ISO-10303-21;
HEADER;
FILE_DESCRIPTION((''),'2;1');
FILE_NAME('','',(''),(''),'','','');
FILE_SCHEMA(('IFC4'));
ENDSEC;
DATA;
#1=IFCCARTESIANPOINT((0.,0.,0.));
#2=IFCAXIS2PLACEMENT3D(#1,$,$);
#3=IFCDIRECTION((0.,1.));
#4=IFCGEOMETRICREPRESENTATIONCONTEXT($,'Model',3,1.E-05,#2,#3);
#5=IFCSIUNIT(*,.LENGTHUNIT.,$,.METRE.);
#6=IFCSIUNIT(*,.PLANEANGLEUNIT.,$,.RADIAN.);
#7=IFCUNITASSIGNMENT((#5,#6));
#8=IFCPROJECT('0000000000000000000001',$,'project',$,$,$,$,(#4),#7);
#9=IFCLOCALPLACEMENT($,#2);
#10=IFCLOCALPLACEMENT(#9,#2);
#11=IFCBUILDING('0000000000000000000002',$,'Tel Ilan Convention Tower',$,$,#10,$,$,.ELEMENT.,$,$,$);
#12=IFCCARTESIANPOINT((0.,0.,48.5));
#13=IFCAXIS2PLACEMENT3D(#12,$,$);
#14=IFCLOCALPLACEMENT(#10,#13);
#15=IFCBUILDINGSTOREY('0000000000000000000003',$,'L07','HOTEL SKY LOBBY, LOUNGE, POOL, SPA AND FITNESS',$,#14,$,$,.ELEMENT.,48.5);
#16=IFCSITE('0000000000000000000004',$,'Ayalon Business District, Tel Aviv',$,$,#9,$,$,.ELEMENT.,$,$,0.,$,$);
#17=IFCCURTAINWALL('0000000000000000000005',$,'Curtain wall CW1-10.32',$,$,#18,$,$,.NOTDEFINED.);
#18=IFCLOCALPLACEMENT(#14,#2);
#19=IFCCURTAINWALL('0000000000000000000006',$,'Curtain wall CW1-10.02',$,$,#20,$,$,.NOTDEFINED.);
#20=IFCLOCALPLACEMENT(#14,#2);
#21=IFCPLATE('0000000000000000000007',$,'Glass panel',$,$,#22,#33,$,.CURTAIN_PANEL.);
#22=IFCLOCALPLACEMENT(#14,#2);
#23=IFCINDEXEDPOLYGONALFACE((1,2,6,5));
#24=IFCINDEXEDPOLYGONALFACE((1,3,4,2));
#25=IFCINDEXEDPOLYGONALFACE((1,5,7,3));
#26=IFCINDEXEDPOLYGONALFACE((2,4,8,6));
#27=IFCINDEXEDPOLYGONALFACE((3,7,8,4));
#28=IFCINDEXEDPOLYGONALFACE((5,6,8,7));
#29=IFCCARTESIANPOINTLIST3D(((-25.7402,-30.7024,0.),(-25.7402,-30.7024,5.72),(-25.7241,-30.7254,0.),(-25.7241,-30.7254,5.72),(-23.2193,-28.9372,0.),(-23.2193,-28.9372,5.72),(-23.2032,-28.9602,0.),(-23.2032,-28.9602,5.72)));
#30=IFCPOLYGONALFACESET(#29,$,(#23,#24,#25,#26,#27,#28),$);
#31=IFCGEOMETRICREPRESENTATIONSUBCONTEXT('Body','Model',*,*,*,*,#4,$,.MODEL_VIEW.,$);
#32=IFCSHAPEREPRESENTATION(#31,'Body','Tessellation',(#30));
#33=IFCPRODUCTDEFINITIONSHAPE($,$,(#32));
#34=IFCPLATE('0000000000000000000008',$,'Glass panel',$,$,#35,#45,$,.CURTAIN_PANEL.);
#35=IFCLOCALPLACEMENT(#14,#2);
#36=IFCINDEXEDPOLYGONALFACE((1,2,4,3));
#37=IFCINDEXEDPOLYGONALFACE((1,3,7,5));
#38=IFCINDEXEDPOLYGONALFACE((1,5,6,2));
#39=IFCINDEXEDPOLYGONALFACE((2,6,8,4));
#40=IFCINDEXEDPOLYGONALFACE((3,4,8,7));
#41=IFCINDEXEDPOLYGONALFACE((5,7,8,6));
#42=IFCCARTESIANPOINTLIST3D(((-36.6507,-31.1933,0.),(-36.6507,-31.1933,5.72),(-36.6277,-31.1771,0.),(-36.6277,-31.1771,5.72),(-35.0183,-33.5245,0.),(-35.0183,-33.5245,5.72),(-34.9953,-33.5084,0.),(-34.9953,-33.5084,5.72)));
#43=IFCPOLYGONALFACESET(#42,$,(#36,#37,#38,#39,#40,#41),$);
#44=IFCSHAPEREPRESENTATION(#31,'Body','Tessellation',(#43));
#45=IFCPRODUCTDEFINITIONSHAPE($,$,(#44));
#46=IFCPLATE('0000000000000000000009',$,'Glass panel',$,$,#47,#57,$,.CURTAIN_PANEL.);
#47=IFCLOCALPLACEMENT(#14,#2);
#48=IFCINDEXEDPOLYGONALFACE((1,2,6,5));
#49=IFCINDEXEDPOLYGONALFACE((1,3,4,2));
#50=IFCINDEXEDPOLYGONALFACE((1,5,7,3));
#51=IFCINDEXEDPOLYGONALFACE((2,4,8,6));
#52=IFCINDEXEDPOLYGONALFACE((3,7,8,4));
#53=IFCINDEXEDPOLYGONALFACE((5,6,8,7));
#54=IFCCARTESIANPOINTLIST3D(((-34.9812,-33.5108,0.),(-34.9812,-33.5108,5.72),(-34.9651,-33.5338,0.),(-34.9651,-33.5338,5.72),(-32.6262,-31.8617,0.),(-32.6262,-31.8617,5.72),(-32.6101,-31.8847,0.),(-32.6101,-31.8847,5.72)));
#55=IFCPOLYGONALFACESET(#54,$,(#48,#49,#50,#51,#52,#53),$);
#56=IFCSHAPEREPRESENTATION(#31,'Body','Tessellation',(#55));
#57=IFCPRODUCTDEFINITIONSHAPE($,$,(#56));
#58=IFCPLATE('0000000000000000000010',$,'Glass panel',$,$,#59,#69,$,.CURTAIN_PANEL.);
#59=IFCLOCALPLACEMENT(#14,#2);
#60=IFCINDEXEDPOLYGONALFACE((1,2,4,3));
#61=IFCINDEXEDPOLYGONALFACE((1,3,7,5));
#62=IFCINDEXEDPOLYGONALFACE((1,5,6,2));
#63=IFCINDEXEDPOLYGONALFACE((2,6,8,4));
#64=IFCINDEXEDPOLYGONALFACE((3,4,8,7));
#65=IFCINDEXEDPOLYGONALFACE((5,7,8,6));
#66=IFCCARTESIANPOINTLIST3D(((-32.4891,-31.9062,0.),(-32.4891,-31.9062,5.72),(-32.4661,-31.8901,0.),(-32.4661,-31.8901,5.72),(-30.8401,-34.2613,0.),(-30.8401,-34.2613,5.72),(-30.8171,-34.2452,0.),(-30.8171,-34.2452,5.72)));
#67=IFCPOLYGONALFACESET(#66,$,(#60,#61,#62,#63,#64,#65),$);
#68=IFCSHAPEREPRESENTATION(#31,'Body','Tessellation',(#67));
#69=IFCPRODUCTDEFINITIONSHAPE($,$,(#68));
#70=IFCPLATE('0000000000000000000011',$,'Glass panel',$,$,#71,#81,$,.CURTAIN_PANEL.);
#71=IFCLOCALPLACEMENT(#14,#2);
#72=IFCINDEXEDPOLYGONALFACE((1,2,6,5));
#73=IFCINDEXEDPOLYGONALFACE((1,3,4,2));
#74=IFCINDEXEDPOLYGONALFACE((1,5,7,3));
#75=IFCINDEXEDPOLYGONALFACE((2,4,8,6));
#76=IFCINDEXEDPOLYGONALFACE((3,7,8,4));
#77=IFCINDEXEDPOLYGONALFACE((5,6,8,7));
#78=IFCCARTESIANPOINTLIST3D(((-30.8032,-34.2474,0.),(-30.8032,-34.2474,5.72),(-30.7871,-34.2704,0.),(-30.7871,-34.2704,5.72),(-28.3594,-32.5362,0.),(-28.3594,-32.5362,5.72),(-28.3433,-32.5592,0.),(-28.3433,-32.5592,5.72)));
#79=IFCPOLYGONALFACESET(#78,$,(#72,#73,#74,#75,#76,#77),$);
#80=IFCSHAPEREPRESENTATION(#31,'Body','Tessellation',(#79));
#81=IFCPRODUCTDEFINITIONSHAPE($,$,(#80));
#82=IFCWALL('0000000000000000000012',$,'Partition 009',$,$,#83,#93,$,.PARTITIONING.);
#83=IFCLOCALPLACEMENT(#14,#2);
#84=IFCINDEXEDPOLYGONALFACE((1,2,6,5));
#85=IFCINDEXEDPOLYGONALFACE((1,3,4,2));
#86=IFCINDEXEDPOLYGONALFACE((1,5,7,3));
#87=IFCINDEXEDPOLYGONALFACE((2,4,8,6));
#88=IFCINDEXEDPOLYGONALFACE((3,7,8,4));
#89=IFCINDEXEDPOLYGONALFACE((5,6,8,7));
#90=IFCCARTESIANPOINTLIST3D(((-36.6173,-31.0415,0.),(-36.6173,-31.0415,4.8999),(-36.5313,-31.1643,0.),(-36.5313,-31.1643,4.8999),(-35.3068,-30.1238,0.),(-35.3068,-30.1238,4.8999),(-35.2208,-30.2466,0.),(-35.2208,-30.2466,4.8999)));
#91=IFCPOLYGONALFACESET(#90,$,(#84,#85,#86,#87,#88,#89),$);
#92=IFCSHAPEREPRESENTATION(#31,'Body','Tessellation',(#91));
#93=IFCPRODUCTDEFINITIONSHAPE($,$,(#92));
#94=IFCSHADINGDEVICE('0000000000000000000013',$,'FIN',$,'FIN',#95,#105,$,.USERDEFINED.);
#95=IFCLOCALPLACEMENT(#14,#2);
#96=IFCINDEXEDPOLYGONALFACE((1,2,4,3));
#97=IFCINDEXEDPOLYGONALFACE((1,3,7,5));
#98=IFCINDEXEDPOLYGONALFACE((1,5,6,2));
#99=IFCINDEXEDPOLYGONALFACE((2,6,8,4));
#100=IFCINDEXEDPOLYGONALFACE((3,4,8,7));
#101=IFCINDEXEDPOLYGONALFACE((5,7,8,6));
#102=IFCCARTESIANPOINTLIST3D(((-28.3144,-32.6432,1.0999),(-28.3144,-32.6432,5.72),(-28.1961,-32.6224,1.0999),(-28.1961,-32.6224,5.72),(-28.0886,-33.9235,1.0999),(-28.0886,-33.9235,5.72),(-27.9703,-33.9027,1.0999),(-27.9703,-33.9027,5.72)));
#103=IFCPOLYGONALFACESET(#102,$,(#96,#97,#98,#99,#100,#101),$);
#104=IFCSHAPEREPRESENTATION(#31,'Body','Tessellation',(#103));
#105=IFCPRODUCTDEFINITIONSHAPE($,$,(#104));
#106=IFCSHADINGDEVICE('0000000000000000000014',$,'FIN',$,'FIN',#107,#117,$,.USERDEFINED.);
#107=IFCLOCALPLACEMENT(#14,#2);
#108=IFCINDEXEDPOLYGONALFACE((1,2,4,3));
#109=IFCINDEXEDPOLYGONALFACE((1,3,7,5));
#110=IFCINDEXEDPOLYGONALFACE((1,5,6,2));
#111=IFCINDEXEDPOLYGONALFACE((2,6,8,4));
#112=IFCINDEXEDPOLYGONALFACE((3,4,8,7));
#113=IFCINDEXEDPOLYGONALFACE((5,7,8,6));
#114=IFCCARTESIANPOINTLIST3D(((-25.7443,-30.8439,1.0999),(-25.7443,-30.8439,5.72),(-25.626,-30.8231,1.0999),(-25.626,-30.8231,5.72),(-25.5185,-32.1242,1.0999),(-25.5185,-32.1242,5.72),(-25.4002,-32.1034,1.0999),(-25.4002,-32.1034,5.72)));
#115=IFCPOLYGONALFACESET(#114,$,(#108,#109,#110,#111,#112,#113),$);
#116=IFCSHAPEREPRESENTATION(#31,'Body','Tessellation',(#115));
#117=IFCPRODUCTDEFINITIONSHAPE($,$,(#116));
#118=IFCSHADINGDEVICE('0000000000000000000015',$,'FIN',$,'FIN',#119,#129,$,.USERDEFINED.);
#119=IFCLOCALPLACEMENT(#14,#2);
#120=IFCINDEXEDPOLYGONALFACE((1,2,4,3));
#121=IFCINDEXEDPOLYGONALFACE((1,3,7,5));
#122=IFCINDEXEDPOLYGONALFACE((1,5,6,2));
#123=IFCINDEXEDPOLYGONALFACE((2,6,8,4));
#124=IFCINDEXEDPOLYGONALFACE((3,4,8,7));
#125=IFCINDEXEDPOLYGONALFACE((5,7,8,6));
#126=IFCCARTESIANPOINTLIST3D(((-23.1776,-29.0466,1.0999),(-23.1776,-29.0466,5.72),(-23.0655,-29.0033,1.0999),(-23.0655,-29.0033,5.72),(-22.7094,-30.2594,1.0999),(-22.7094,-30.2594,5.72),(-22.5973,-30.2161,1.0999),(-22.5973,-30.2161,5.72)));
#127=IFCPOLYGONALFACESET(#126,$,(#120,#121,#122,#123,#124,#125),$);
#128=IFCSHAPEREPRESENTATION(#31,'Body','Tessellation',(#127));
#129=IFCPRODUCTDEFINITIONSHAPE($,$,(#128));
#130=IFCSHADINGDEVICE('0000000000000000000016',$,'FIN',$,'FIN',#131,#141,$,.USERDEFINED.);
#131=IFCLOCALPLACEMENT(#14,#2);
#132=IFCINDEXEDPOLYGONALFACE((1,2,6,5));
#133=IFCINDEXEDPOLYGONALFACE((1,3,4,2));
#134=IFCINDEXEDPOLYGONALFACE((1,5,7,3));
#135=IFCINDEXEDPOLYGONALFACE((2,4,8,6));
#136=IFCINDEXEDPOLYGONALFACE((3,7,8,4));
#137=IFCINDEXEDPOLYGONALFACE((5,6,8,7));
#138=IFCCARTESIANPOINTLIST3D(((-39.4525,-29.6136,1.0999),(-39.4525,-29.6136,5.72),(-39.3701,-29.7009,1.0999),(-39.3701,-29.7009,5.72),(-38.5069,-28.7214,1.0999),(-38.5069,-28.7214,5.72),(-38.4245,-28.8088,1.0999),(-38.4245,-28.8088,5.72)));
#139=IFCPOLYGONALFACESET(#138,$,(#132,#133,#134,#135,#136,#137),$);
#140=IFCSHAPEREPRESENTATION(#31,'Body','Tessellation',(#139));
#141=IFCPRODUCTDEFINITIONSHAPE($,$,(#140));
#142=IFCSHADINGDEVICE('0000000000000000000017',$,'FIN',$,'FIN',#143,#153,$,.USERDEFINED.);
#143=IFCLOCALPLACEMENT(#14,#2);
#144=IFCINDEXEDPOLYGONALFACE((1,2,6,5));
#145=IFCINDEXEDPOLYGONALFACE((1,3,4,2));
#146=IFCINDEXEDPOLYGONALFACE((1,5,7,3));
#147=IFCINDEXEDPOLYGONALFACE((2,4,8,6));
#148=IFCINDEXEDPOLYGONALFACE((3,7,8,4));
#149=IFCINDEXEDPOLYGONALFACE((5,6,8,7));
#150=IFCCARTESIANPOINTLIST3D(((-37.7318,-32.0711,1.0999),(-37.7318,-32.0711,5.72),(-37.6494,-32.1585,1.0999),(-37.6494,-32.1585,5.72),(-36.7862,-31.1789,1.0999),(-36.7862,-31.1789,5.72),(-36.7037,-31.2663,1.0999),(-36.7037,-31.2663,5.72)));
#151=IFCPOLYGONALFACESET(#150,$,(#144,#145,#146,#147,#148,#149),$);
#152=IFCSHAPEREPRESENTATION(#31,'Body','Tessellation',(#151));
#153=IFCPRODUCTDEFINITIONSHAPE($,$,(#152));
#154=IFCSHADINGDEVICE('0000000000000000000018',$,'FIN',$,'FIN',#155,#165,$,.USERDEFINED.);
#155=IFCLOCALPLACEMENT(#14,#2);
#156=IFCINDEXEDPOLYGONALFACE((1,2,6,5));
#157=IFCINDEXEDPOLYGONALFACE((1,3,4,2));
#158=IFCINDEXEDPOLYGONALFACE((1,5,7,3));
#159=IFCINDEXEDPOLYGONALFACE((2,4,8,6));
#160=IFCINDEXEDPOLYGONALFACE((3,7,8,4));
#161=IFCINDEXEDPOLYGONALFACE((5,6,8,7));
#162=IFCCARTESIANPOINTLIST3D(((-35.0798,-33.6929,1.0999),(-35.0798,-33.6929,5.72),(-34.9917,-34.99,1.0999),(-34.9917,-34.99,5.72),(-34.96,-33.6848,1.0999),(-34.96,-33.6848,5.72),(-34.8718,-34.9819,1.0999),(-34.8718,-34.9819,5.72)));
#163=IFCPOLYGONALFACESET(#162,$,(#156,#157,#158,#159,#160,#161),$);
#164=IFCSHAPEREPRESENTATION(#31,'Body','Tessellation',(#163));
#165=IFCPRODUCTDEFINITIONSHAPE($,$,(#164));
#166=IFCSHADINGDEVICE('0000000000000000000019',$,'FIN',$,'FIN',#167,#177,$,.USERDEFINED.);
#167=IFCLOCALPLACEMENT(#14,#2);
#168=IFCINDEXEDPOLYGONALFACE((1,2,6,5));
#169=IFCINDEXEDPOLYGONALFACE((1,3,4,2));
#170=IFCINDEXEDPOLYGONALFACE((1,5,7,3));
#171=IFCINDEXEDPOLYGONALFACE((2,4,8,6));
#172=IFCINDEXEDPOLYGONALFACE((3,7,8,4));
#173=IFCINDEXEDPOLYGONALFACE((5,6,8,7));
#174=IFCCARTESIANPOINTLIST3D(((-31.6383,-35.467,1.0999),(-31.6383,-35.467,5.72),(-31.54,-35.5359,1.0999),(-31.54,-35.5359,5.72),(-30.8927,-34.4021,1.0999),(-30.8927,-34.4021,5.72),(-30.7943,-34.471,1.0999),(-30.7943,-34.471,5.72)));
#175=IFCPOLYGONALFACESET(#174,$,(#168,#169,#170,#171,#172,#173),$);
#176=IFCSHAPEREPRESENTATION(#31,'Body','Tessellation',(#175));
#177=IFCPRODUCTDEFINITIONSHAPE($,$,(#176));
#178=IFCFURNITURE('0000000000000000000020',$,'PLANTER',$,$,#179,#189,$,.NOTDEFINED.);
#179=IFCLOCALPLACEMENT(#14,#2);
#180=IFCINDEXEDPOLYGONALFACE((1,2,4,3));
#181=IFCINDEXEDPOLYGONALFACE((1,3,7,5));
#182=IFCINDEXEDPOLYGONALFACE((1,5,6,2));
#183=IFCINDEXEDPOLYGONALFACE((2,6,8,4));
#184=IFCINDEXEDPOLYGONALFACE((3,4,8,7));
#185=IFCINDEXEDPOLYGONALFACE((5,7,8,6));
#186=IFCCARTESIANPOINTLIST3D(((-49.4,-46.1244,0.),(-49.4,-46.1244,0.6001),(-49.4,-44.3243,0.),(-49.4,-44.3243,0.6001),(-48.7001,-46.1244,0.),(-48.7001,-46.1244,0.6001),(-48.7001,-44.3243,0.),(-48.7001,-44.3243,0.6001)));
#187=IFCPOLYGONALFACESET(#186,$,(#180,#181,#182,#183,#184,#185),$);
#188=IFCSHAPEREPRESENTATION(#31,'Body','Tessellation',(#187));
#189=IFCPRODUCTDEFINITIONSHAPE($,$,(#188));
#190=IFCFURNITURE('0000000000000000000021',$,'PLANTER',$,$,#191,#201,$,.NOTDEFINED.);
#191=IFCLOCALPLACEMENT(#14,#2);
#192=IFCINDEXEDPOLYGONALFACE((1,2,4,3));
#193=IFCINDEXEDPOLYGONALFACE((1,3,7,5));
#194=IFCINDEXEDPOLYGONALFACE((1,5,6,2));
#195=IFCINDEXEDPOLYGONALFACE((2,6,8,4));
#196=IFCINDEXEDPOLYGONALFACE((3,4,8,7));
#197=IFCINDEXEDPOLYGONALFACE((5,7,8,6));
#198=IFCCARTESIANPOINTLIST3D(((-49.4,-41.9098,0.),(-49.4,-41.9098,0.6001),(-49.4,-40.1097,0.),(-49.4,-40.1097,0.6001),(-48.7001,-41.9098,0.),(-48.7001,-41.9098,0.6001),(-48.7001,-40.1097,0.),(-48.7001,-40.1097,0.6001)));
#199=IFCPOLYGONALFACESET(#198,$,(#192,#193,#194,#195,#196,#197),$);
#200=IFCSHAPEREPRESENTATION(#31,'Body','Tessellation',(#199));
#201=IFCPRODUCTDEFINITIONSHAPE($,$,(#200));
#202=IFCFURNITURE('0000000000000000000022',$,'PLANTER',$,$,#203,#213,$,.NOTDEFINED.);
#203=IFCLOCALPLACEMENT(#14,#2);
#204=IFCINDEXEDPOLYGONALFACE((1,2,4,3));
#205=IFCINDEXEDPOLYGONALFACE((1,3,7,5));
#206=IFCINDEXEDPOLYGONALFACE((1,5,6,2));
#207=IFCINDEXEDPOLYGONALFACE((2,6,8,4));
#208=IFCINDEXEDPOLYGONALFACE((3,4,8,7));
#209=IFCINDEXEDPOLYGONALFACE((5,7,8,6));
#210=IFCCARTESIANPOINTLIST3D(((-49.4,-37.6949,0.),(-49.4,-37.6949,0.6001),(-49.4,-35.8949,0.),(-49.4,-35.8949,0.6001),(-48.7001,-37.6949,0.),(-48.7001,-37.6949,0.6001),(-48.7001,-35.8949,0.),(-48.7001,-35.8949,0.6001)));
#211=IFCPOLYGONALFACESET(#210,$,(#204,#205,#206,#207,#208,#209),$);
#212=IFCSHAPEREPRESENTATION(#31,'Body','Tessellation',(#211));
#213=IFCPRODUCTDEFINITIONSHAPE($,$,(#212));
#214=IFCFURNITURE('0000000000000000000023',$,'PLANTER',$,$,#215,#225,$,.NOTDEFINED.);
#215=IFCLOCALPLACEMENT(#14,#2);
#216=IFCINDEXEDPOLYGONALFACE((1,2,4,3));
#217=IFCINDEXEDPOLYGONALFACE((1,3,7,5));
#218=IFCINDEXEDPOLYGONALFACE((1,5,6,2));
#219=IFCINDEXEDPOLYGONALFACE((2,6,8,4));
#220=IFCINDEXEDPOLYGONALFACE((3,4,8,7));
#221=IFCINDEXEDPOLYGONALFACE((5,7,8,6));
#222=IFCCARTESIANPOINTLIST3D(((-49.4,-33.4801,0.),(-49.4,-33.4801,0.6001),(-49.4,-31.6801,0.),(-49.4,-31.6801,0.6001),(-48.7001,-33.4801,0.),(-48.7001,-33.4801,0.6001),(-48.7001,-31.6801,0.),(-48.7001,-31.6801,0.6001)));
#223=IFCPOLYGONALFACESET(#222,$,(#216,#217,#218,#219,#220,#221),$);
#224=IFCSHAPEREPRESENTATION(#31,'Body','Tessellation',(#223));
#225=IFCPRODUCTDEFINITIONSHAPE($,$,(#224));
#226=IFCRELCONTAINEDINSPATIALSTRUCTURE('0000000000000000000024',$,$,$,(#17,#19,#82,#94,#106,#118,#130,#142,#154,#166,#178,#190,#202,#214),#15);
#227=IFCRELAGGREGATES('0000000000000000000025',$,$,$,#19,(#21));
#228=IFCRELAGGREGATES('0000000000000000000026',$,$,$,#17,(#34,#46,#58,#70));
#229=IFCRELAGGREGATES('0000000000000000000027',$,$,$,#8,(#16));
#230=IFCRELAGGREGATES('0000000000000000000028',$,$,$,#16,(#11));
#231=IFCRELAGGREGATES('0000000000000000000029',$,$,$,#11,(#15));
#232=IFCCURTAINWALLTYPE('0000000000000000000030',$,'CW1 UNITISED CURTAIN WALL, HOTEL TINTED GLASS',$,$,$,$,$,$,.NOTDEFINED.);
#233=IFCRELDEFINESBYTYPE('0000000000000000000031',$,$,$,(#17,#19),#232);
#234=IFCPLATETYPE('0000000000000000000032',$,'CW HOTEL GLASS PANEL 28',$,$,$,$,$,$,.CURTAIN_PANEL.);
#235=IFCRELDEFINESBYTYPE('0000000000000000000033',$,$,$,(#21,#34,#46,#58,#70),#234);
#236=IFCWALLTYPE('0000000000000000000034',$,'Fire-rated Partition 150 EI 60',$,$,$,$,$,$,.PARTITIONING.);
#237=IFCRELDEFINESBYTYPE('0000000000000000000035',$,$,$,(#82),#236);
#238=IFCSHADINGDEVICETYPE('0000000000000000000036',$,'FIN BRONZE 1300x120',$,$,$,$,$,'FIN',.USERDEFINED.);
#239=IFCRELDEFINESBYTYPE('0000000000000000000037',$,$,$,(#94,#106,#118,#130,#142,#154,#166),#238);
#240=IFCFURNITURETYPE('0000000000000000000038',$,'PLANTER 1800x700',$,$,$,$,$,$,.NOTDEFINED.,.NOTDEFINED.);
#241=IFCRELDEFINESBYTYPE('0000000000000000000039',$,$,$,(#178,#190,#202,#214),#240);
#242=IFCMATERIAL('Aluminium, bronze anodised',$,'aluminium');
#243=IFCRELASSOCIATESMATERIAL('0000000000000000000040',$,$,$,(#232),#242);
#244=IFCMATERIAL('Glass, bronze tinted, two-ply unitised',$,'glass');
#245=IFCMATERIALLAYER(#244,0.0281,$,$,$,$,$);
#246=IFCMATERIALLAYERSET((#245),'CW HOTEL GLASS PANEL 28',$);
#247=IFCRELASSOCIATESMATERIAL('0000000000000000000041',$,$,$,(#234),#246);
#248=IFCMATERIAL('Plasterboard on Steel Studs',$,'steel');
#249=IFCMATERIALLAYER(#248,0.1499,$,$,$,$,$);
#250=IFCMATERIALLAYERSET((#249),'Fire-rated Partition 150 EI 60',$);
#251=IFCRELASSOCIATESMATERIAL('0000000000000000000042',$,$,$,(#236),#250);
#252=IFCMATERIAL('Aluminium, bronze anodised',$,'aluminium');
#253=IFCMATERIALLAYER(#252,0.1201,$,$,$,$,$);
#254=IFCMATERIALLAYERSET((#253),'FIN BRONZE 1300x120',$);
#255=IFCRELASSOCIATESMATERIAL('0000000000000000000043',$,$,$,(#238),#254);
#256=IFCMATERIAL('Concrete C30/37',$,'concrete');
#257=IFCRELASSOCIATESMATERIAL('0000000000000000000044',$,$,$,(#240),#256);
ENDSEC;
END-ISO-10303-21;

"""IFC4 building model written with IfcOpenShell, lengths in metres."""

from ifc_helpers import new_model, si_unit, direction, frame, frame_2d, origin, origin_2d, place, context, subcontext, project, spatial, rectangle, extrude, material, layer, layer_set, type_object, element, aggregate, save


model = new_model("IFC4")

# Units and contexts
model_context = context("Model", 3, precision=1e-05, world=origin(), true_north=direction((0.0, 1.0)))
body_context = subcontext(model_context, "Body", "Model", "MODEL_VIEW")
ifc_project = project(units=[si_unit("LENGTHUNIT", "METRE"), si_unit("PLANEANGLEUNIT", "RADIAN")], contexts=[model_context])

# Site, building, storey
site_placement = place(None, origin())
site = spatial("IfcSite", under=ifc_project, at=site_placement, Name="Ayalon Business District, Tel Aviv", CompositionType="ELEMENT", RefElevation=0.0)
building_placement = place(site_placement, origin())
building = spatial("IfcBuilding", under=site, at=building_placement, Name="Tel Ilan Convention Tower", CompositionType="ELEMENT")
storey_placement = place(building_placement, frame((0.0, 0.0, 48.5)))
storey = spatial("IfcBuildingStorey", under=building, at=storey_placement, Name="L07", Description="HOTEL SKY LOBBY, LOUNGE, POOL, SPA AND FITNESS", CompositionType="ELEMENT", Elevation=48.5)

# Curtain wall
ifc_material_1 = material(Name="Aluminium, bronze anodised", Category="aluminium")
curtain_wall_type = type_object("IfcCurtainWallType", Name="CW1 UNITISED CURTAIN WALL, HOTEL TINTED GLASS", PredefinedType="NOTDEFINED", material=ifc_material_1)
curtain_wall_1_placement = place(storey_placement, origin())
curtain_wall_1 = element("IfcCurtainWall", 1, at=curtain_wall_1_placement, inside=storey, type_object=curtain_wall_type, Name="Curtain wall CW1-10.32", PredefinedType="NOTDEFINED")

# Curtain wall
curtain_wall_2_placement = place(storey_placement, origin())
curtain_wall_2 = element("IfcCurtainWall", 2, at=curtain_wall_2_placement, inside=storey, type_object=curtain_wall_type, Name="Curtain wall CW1-10.02", PredefinedType="NOTDEFINED")

# Plates
ifc_material_2 = material(Name="Glass, bronze tinted, two-ply unitised", Category="glass")
ifc_layer_1 = layer(ifc_material_2, 0.0281)
ifc_layer_set_1 = layer_set([ifc_layer_1], Name="CW HOTEL GLASS PANEL 28")
plate_type = type_object("IfcPlateType", Name="CW HOTEL GLASS PANEL 28", PredefinedType="CURTAIN_PANEL", material=ifc_layer_set_1)
plate_1_placement = place(storey_placement, frame((-24.4717, -29.8313, 0.0), z_axis=(0.0, 0.0, 1.0), x_axis=(0.819152, 0.573576, 0.0)))
plate_1 = element("IfcPlate", 3, at=plate_1_placement, type_object=plate_type, Name="Glass panel", PredefinedType="CURTAIN_PANEL", context=body_context, shape_type="SweptSolid", body=[
    extrude(rectangle(XDim=3.0774, YDim=0.0281, at=origin_2d()), origin(), (0.0, 0.0, 1.0), 5.72),
])
aggregate(curtain_wall_2, [plate_1])
plate_2_placement = place(storey_placement, frame((-35.823, -32.3508, 0.0), z_axis=(0.0, 0.0, 1.0), x_axis=(0.573576, -0.819152, 0.0)))
plate_2 = element("IfcPlate", 4, at=plate_2_placement, type_object=plate_type, Name="Glass panel", PredefinedType="CURTAIN_PANEL", context=body_context, shape_type="SweptSolid", body=[
    extrude(rectangle(XDim=2.8459, YDim=0.0281, at=origin_2d()), origin(), (0.0, 0.0, 1.0), 5.72),
])
plate_3_placement = place(storey_placement, frame((-33.7957, -32.6978, 0.0), z_axis=(0.0, 0.0, 1.0), x_axis=(0.819152, 0.573576, 0.0)))
plate_3 = element("IfcPlate", 5, at=plate_3_placement, type_object=plate_type, Name="Glass panel", PredefinedType="CURTAIN_PANEL", context=body_context, shape_type="SweptSolid", body=[
    extrude(rectangle(XDim=2.875, YDim=0.0281, at=origin_2d()), origin(), (0.0, 0.0, 1.0), 5.72),
])
plate_4_placement = place(storey_placement, frame((-31.6531, -33.0757, 0.0), z_axis=(0.0, 0.0, 1.0), x_axis=(0.573576, -0.819152, 0.0)))
plate_4 = element("IfcPlate", 6, at=plate_4_placement, type_object=plate_type, Name="Glass panel", PredefinedType="CURTAIN_PANEL", context=body_context, shape_type="SweptSolid", body=[
    extrude(rectangle(XDim=2.875, YDim=0.0281, at=origin_2d()), origin(), (0.0, 0.0, 1.0), 5.72),
])
plate_5_placement = place(storey_placement, frame((-29.5732, -33.4033, 0.0), z_axis=(0.0, 0.0, 1.0), x_axis=(0.819152, 0.573576, 0.0)))
plate_5 = element("IfcPlate", 7, at=plate_5_placement, type_object=plate_type, Name="Glass panel", PredefinedType="CURTAIN_PANEL", context=body_context, shape_type="SweptSolid", body=[
    extrude(rectangle(XDim=2.9834, YDim=0.0281, at=origin_2d()), origin(), (0.0, 0.0, 1.0), 5.72),
])
aggregate(curtain_wall_1, [plate_2, plate_3, plate_4, plate_5])

# Wall
ifc_material_3 = material(Name="Plasterboard on Steel Studs", Category="steel")
ifc_layer_2 = layer(ifc_material_3, 0.1499)
ifc_layer_set_2 = layer_set([ifc_layer_2], Name="Fire-rated Partition 150 EI 60")
wall_type_1 = type_object("IfcWallType", Name="Fire-rated Partition 150 EI 60", PredefinedType="PARTITIONING", material=ifc_layer_set_2)
wall_1_placement = place(storey_placement, frame((-35.2639, -30.1853, 0.0), z_axis=(0.0, 0.0, 1.0), x_axis=(-0.819132, -0.573606, 0.0)))
element("IfcWall", 8, at=wall_1_placement, inside=storey, type_object=wall_type_1, Name="Partition 009", PredefinedType="PARTITIONING", context=body_context, shape_type="SweptSolid", body=[
    extrude(rectangle(XDim=1.5999, YDim=0.1499, at=frame_2d((0.7998, 0.0))), origin(), (0.0, 0.0, 1.0), 4.8999),
])

# Shading devices
ifc_material_4 = material(Name="Aluminium, bronze anodised", Category="aluminium")
ifc_layer_3 = layer(ifc_material_4, 0.1201)
ifc_layer_set_3 = layer_set([ifc_layer_3], Name="FIN BRONZE 1300x120")
shading_device_type = type_object("IfcShadingDeviceType", Name="FIN BRONZE 1300x120", ElementType="FIN", PredefinedType="USERDEFINED", material=ifc_layer_set_3)
for number, where, z_axis, x_axis, name in (
    (9, (-28.1423, -33.2729, 1.0999), (0.0, 0.0, 1.0), (0.173648, -0.984808, 0.0), "FIN"),
    (10, (-25.5723, -31.4736, 1.0999), (0.0, 0.0, 1.0), (0.173648, -0.984808, 0.0), "FIN"),
    (11, (-22.8875, -29.6313, 1.0999), (0.0, 0.0, 1.0), (0.360178, -0.932884, 0.0), "FIN"),
    (12, (-38.9385, -29.2112, 1.0999), (0.0, 0.0, 1.0), (-0.727374, -0.686242, 0.0), "FIN"),
    (13, (-37.2178, -31.6687, 1.0999), (0.0, 0.0, 1.0), (-0.727374, -0.686242, 0.0), "FIN"),
    (14, (-34.9758, -34.3374, 1.0999), (0.0, 0.0, 1.0), (0.067822, -0.997697, 0.0), "FIN"),
    (15, (-31.2163, -34.969, 1.0999), (0.0, 0.0, 1.0), (-0.573576, -0.819152, 0.0), "FIN"),
):
    element("IfcShadingDevice", number, at=place(storey_placement, frame(where, z_axis=z_axis, x_axis=x_axis)), inside=storey, type_object=shading_device_type, Name=name, ObjectType="FIN", PredefinedType="USERDEFINED", context=body_context, shape_type="SweptSolid", body=[
        extrude(rectangle(XDim=1.3, YDim=0.1201, at=origin_2d()), origin(), (0.0, 0.0, 1.0), 4.6201),
    ])

# Furniture
ifc_material_5 = material(Name="Concrete C30/37", Category="concrete")
furniture_type = type_object("IfcFurnitureType", Name="PLANTER 1800x700", AssemblyPlace="NOTDEFINED", PredefinedType="NOTDEFINED", material=ifc_material_5)
for number, where, z_axis, x_axis, name in (
    (16, (-49.05, -45.2244, 0.0), (0.0, 0.0, 1.0), (0.0, 1.0, 0.0), "PLANTER"),
    (17, (-49.05, -41.0098, 0.0), (0.0, 0.0, 1.0), (0.0, 1.0, 0.0), "PLANTER"),
    (18, (-49.05, -36.7949, 0.0), (0.0, 0.0, 1.0), (0.0, 1.0, 0.0), "PLANTER"),
    (19, (-49.05, -32.5801, 0.0), (0.0, 0.0, 1.0), (0.0, 1.0, 0.0), "PLANTER"),
):
    element("IfcFurniture", number, at=place(storey_placement, frame(where, z_axis=z_axis, x_axis=x_axis)), inside=storey, type_object=furniture_type, Name=name, PredefinedType="NOTDEFINED", context=body_context, shape_type="SweptSolid", body=[
        extrude(rectangle(XDim=1.8, YDim=0.7, at=origin_2d()), origin(), (0.0, 0.0, 1.0), 0.6001),
    ])

save(model, "model.ifc")
